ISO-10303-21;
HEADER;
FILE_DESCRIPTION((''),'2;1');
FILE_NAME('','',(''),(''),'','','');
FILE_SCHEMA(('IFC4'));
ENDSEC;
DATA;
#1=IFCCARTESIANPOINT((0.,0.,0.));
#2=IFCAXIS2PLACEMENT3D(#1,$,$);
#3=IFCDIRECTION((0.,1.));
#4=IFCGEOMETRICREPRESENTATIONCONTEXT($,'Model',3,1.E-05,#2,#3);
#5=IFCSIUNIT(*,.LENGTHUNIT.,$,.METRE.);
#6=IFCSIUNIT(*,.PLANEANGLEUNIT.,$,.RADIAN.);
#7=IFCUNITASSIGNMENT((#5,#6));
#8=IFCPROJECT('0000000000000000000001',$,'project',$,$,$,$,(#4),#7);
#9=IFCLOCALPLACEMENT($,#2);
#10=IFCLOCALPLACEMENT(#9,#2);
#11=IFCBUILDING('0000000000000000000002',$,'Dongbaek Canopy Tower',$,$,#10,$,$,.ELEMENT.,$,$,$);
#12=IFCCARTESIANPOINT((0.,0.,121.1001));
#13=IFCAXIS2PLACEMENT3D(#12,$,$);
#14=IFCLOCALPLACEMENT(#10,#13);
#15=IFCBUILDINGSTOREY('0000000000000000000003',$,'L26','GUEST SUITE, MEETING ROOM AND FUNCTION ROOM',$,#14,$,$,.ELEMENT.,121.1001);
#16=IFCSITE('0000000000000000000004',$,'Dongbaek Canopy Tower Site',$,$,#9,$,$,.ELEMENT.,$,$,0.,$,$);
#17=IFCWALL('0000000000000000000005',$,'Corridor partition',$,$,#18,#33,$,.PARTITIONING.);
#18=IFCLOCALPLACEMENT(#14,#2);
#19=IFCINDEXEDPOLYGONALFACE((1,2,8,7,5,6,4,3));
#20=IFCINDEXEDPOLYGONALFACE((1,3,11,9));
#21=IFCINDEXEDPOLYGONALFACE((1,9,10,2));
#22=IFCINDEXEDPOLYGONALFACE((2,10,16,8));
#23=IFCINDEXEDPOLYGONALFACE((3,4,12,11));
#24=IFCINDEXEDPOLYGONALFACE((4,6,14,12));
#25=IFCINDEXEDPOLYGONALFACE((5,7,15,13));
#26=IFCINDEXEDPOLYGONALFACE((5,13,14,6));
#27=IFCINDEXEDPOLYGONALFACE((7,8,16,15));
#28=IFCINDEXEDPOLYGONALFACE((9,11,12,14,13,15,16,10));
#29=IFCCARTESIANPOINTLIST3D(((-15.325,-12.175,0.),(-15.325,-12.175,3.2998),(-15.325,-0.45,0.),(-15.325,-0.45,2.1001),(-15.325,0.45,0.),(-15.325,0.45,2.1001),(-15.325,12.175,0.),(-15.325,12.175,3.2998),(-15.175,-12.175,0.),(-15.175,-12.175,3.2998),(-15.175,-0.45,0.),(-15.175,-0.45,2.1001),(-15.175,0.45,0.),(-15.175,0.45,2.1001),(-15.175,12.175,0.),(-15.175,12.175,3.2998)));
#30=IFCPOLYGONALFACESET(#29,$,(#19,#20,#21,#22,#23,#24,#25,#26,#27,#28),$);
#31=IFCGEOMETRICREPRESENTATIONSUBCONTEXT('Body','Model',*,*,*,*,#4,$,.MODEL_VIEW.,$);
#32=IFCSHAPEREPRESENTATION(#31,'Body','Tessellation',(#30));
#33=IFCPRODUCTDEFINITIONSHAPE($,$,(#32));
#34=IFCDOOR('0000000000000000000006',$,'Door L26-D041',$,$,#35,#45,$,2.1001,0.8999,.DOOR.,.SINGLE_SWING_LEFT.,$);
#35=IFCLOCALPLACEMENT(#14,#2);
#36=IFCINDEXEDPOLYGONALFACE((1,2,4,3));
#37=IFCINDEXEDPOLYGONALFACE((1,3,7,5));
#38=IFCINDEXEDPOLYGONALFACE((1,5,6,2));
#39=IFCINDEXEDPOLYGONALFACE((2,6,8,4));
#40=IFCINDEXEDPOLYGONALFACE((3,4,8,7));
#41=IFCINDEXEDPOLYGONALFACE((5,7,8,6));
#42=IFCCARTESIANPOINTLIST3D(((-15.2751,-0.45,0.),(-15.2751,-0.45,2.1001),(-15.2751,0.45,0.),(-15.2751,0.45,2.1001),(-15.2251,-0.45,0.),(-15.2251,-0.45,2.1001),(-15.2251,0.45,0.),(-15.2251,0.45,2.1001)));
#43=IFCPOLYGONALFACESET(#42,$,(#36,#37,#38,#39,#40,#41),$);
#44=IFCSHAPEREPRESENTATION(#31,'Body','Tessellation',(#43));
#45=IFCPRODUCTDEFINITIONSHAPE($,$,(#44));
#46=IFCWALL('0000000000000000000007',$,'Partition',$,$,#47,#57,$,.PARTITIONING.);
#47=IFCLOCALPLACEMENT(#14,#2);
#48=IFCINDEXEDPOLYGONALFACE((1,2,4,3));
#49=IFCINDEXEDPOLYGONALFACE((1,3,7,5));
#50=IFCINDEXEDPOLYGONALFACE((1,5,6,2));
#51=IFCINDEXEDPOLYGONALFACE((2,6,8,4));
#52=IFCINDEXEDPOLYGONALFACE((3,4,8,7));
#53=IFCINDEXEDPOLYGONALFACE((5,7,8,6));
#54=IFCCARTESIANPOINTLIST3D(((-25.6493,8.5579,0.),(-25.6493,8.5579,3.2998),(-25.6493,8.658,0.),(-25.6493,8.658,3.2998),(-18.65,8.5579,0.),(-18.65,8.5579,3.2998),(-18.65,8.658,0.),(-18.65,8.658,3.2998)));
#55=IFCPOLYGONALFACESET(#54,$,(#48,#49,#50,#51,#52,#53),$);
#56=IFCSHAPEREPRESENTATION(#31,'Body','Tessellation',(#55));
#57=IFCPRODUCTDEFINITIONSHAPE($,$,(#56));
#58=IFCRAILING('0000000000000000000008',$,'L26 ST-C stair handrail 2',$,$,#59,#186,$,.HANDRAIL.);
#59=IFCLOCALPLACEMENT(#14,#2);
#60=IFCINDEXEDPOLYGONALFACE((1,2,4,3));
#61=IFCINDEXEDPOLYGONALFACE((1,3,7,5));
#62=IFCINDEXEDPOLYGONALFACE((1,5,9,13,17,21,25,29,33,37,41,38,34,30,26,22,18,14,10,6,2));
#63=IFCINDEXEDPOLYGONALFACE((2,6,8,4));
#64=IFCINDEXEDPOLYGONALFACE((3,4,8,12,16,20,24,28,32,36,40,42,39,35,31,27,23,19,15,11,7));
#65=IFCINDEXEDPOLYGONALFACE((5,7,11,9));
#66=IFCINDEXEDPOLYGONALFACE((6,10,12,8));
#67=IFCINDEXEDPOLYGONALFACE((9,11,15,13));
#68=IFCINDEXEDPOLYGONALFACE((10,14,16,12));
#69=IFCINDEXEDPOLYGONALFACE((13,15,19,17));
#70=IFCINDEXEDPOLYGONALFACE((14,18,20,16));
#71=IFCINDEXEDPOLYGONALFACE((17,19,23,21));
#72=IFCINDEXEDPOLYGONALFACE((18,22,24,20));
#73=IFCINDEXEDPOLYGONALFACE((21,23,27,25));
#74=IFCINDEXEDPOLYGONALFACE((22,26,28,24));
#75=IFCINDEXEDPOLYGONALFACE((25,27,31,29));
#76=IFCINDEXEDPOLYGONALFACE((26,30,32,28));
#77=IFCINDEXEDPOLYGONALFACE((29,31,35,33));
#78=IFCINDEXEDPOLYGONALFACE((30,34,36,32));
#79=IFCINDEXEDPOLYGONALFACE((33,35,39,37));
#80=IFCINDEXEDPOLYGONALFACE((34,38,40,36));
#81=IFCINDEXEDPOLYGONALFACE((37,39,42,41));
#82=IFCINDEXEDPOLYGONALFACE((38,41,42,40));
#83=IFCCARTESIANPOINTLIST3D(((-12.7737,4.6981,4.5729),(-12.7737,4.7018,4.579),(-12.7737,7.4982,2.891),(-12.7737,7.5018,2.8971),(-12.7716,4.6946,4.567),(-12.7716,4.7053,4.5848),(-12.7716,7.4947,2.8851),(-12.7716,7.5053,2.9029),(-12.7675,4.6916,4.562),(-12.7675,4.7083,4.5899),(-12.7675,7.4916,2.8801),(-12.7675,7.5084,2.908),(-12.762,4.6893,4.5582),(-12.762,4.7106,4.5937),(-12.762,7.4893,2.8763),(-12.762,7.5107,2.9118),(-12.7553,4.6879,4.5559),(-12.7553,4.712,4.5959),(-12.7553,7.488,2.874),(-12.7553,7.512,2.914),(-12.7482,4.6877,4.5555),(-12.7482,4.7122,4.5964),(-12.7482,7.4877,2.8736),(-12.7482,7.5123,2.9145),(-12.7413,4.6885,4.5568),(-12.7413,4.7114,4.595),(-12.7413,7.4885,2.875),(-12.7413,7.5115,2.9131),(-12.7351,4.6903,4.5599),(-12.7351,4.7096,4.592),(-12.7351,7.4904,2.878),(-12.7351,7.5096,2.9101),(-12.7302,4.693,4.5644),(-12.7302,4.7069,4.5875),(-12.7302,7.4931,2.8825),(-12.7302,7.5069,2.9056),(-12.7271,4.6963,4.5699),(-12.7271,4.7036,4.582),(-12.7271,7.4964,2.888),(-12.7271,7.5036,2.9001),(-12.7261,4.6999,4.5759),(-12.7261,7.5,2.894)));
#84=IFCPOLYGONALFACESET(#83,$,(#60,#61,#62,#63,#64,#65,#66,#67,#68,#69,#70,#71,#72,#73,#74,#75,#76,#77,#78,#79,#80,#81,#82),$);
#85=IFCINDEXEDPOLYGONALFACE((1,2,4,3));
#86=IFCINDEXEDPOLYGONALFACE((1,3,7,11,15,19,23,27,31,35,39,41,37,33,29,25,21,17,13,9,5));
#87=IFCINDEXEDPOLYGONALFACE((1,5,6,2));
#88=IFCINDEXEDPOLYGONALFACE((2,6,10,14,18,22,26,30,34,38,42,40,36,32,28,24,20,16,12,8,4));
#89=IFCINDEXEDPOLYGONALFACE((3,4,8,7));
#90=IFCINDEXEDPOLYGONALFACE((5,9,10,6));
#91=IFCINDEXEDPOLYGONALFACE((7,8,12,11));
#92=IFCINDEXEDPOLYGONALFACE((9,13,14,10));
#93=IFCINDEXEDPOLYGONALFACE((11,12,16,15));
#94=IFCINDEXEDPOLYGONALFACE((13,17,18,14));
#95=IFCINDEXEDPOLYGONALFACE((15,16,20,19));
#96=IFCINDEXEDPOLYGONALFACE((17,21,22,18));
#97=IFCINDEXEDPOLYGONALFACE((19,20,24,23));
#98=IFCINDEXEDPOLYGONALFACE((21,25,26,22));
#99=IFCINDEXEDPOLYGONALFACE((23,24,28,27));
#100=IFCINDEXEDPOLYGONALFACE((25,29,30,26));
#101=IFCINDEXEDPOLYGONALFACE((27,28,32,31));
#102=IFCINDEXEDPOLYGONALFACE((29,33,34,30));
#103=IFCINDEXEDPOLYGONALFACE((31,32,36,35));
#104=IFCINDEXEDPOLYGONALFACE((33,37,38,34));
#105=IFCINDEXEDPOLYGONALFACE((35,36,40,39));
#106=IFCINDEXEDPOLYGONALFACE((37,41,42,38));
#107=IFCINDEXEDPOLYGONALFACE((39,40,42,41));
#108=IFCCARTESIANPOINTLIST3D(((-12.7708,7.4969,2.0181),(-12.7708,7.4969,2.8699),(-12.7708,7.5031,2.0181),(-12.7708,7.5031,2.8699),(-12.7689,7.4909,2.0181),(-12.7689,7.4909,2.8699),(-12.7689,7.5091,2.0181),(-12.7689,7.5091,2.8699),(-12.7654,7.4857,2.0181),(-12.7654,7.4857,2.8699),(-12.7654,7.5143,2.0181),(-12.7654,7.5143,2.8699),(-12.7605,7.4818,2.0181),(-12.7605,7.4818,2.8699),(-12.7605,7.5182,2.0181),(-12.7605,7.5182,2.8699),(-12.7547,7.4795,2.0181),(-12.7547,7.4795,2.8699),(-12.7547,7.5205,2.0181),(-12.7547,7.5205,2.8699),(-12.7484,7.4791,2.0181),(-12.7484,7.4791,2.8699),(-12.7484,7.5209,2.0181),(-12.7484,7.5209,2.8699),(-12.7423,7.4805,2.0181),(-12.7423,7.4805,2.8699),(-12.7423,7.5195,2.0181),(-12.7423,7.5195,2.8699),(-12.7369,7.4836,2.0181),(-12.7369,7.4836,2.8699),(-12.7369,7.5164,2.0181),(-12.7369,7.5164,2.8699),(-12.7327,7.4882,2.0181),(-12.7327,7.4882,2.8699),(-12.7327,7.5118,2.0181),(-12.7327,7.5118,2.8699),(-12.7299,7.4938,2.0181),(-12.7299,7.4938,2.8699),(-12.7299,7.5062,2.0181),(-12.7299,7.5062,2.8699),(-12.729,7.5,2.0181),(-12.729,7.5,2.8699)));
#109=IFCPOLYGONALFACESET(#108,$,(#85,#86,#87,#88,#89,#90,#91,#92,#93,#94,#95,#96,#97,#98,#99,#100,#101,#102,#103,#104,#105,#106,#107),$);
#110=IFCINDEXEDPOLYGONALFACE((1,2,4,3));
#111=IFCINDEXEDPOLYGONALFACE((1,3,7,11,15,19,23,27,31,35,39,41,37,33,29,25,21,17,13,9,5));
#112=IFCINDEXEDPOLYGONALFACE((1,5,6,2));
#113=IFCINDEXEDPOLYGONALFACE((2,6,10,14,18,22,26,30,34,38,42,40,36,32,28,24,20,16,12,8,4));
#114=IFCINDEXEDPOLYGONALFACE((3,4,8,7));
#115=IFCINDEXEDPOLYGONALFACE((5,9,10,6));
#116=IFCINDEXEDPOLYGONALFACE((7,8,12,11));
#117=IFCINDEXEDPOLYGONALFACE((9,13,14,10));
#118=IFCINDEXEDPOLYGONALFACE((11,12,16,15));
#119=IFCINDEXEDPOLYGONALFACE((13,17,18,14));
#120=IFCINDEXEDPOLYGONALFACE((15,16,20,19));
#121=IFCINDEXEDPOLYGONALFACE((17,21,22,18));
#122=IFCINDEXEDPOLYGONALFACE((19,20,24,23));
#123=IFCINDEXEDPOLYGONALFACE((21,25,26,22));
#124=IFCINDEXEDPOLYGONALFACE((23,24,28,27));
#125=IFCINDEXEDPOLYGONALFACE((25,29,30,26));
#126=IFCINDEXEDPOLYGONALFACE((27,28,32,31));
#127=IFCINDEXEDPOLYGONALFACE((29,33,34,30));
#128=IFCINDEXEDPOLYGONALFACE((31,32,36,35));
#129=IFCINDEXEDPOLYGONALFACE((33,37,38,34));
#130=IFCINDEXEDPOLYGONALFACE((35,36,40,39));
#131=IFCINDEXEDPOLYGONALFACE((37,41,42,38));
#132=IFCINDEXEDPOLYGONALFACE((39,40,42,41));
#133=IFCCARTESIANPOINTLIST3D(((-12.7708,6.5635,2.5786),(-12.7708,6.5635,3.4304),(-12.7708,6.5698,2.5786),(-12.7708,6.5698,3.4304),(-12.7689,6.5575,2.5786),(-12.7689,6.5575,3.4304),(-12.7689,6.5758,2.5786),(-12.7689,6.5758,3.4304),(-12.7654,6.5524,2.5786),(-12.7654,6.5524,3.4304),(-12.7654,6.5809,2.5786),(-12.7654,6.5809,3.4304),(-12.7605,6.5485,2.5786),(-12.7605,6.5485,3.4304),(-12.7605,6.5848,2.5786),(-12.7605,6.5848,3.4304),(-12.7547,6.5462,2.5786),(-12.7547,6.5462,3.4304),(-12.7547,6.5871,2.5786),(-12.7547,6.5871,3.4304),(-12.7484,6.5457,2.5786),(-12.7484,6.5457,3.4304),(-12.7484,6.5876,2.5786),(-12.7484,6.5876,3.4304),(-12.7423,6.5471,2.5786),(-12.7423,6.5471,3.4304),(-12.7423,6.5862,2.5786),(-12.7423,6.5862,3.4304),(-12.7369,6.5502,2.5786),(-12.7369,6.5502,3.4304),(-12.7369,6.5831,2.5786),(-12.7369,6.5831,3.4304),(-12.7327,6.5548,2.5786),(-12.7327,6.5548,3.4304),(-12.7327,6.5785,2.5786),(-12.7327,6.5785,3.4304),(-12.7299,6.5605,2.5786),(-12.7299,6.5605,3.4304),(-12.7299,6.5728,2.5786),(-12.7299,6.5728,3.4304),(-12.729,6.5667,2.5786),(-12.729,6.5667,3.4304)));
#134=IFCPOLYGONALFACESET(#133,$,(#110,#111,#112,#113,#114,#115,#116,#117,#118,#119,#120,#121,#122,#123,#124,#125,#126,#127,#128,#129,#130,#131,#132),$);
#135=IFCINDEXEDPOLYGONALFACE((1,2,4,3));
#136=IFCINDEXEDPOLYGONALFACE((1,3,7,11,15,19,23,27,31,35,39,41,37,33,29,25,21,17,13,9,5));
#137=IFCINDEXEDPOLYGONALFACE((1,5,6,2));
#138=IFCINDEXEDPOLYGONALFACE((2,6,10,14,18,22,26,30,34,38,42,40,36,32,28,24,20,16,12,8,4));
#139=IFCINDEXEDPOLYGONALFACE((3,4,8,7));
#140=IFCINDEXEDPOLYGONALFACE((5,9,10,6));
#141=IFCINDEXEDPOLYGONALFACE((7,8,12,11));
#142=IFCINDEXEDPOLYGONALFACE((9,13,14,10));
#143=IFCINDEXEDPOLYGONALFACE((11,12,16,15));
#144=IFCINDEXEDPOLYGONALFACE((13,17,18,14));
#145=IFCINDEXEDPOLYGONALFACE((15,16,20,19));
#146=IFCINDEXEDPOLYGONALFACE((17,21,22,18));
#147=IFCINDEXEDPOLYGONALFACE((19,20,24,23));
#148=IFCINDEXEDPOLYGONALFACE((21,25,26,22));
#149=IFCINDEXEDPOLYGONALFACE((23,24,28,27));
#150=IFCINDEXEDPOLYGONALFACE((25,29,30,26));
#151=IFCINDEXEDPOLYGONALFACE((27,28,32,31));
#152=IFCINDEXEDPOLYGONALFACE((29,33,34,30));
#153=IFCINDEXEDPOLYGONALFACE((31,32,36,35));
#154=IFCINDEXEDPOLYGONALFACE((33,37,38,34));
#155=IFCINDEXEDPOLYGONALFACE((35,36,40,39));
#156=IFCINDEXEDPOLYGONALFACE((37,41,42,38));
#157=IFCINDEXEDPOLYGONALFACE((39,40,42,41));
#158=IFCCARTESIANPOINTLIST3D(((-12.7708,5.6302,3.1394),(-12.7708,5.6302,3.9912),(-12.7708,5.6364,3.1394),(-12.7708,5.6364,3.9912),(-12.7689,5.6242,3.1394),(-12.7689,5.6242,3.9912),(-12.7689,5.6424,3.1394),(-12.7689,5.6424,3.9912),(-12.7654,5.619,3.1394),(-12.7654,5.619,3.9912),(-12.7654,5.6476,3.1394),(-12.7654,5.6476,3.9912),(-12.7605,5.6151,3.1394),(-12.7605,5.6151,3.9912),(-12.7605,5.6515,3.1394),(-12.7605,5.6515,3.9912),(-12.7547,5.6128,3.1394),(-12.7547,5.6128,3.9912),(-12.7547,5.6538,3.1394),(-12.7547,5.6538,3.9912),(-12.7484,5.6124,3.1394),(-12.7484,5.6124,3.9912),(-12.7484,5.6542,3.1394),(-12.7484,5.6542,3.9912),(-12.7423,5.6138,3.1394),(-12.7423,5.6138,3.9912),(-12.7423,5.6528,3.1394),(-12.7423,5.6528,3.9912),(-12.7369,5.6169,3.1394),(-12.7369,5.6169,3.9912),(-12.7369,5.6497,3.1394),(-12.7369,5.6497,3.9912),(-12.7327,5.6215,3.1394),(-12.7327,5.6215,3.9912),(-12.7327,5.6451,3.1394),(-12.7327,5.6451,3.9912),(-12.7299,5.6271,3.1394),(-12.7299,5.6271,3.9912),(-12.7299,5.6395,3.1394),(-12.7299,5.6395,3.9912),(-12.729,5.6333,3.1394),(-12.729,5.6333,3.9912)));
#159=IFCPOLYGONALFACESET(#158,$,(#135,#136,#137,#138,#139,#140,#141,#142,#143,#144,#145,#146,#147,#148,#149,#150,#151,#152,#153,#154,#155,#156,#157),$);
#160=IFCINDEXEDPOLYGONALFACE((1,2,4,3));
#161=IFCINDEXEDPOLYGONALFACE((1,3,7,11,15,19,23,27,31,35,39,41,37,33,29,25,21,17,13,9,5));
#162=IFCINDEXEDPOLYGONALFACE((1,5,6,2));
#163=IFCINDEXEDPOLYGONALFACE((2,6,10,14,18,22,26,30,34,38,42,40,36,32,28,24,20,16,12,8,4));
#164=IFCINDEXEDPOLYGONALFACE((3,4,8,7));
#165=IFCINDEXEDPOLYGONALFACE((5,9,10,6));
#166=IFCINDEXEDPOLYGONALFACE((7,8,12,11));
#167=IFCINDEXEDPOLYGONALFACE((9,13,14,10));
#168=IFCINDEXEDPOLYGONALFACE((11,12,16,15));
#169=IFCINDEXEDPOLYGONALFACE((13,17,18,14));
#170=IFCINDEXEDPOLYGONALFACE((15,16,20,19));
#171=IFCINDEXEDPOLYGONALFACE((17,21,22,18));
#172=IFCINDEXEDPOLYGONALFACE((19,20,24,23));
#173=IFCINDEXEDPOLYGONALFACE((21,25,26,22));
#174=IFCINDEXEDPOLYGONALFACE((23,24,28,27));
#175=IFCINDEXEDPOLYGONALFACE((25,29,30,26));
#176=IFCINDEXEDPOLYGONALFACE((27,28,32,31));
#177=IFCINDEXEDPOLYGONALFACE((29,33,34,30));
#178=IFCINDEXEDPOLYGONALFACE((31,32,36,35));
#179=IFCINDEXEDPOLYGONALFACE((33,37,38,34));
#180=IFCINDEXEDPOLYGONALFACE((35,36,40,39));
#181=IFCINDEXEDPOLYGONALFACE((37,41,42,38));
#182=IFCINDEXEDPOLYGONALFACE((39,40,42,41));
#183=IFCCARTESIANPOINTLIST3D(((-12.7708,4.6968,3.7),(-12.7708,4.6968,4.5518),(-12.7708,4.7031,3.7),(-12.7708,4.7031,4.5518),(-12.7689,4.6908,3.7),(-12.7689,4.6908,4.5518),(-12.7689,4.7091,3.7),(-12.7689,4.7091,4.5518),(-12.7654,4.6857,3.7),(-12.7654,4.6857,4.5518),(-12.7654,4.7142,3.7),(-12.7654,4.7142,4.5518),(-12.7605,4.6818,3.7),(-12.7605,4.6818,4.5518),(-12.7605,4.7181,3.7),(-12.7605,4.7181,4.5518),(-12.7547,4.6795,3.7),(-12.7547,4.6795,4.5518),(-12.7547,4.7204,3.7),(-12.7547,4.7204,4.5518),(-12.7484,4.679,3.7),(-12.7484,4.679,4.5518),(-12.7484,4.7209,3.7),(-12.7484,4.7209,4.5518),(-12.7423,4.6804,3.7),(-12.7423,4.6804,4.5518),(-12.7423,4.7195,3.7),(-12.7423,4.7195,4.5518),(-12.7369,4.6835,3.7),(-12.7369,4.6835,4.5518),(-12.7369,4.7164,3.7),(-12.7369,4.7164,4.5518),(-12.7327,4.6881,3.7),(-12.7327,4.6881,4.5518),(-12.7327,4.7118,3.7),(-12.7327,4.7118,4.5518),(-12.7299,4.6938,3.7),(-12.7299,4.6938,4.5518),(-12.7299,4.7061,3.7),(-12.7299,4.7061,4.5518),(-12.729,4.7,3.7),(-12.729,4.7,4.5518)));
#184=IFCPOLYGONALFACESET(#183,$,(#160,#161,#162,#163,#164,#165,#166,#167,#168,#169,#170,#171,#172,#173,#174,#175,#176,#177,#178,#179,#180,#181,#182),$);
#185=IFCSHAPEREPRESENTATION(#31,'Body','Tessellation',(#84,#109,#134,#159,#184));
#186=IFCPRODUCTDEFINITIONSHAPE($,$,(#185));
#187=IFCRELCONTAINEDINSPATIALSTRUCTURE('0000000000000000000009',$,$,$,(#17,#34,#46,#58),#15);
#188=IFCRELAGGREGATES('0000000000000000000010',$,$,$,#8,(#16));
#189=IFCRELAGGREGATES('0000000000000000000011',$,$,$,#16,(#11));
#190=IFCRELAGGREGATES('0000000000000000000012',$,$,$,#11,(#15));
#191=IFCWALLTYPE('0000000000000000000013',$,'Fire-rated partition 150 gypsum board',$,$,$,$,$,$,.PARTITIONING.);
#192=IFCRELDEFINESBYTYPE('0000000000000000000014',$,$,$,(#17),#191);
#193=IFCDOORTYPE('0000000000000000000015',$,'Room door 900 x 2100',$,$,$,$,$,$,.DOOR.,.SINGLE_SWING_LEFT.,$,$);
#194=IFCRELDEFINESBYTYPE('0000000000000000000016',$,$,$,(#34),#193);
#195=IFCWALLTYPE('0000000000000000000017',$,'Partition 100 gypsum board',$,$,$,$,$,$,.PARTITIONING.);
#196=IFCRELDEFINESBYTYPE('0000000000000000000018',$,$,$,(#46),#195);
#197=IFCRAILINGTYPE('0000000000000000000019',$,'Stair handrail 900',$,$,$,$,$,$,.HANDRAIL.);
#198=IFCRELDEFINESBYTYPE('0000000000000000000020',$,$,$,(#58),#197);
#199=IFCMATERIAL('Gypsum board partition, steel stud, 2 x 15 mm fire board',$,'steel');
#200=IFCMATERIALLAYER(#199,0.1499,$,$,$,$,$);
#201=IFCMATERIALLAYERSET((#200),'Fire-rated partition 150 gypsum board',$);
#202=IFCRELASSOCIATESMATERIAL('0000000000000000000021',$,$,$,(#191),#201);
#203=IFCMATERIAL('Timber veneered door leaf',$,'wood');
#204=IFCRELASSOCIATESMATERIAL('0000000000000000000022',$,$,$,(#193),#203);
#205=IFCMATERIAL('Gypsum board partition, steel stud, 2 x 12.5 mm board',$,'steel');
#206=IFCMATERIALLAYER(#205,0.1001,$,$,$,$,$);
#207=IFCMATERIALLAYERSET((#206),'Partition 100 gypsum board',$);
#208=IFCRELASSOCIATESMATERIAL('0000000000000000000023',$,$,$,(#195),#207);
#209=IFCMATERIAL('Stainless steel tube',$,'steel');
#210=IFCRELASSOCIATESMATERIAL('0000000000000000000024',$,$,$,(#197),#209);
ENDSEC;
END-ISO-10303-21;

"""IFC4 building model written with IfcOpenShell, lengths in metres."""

from ifc_helpers import new_model, si_unit, direction, frame, frame_2d, origin, origin_2d, place, context, subcontext, project, spatial, rectangle, circle, extrude, material, layer, layer_set, type_object, element, fill, save


model = new_model("IFC4")

# Units and contexts
model_context = context("Model", 3, precision=1e-05, world=origin(), true_north=direction((0.0, 1.0)))
body_context = subcontext(model_context, "Body", "Model", "MODEL_VIEW")
ifc_project = project(units=[si_unit("LENGTHUNIT", "METRE"), si_unit("PLANEANGLEUNIT", "RADIAN")], contexts=[model_context])

# Site, building, storey
site_placement = place(None, origin())
site = spatial("IfcSite", under=ifc_project, at=site_placement, Name="Dongbaek Canopy Tower Site", CompositionType="ELEMENT", RefElevation=0.0)
building_placement = place(site_placement, origin())
building = spatial("IfcBuilding", under=site, at=building_placement, Name="Dongbaek Canopy Tower", CompositionType="ELEMENT")
storey_placement = place(building_placement, frame((0.0, 0.0, 121.1001)))
storey = spatial("IfcBuildingStorey", under=building, at=storey_placement, Name="L26", Description="GUEST SUITE, MEETING ROOM AND FUNCTION ROOM", CompositionType="ELEMENT", Elevation=121.1001)

# Shared definitions
ifc_material_1 = material(Name="Gypsum board partition, steel stud, 2 x 15 mm fire board", Category="steel")
ifc_layer_1 = layer(ifc_material_1, 0.1499)
ifc_layer_set_1 = layer_set([ifc_layer_1], Name="Fire-rated partition 150 gypsum board")
wall_type_1 = type_object("IfcWallType", Name="Fire-rated partition 150 gypsum board", PredefinedType="PARTITIONING", material=ifc_layer_set_1)

# Shared definitions
ifc_material_2 = material(Name="Timber veneered door leaf", Category="wood")
door_type_1 = type_object("IfcDoorType", Name="Room door 900 x 2100", OperationType="SINGLE_SWING_LEFT", PredefinedType="DOOR", material=ifc_material_2)

# Wall, opening, door
wall_1_placement = place(storey_placement, frame((-15.25, 12.175, 0.0), z_axis=(0.0, 0.0, 1.0), x_axis=(0.0, -1.0, 0.0)))
wall_1 = element("IfcWall", 1, at=wall_1_placement, inside=storey, type_object=wall_type_1, Name="Corridor partition", PredefinedType="PARTITIONING", context=body_context, shape_type="SweptSolid", body=[
    extrude(rectangle(XDim=24.3501, YDim=0.1499, at=frame_2d((12.175, 0.0))), origin(), (0.0, 0.0, 1.0), 3.2998),
])
opening_1_placement = place(wall_1_placement, frame((11.7251, 0.0, 0.0)))
opening_1 = element("IfcOpeningElement", 2, at=opening_1_placement, cuts=wall_1, PredefinedType="OPENING", context=body_context, shape_type="SweptSolid", body=[
    extrude(rectangle(XDim=0.8999, YDim=2.1001, at=frame_2d((0.45, 1.05))), frame((0.0, 0.085, 0.0), z_axis=(0.0, -1.0, 0.0), x_axis=(1.0, 0.0, 0.0)), (0.0, 0.0, 1.0), 0.1699),
])
door_1_placement = place(opening_1_placement, origin())
door_1 = element("IfcDoor", 3, at=door_1_placement, inside=storey, type_object=door_type_1, Name="Door L26-D041", OperationType="SINGLE_SWING_LEFT", OverallHeight=2.1001, OverallWidth=0.8999, PredefinedType="DOOR", context=body_context, shape_type="SweptSolid", body=[
    extrude(rectangle(XDim=0.8999, YDim=2.1001, at=frame_2d((0.45, 1.05))), frame((0.0, 0.0249, 0.0), z_axis=(0.0, -1.0, 0.0), x_axis=(1.0, 0.0, 0.0)), (0.0, 0.0, 1.0), 0.05),
])
fill(opening_1, door_1)

# Wall
ifc_material_3 = material(Name="Gypsum board partition, steel stud, 2 x 12.5 mm board", Category="steel")
ifc_layer_2 = layer(ifc_material_3, 0.1001)
ifc_layer_set_2 = layer_set([ifc_layer_2], Name="Partition 100 gypsum board")
wall_type_2 = type_object("IfcWallType", Name="Partition 100 gypsum board", PredefinedType="PARTITIONING", material=ifc_layer_set_2)
wall_2_placement = place(storey_placement, frame((-25.6492, 8.6079, 0.0), z_axis=(0.0, 0.0, 1.0), x_axis=(1.0, 0.0, 0.0)))
element("IfcWall", 4, at=wall_2_placement, inside=storey, type_object=wall_type_2, Name="Partition", PredefinedType="PARTITIONING", context=body_context, shape_type="SweptSolid", body=[
    extrude(rectangle(XDim=6.9993, YDim=0.1001, at=frame_2d((3.4995, 0.0))), origin(), (0.0, 0.0, 1.0), 3.2998),
])

# Railing
ifc_material_4 = material(Name="Stainless steel tube", Category="steel")
railing_type = type_object("IfcRailingType", Name="Stair handrail 900", PredefinedType="HANDRAIL", material=ifc_material_4)
railing_placement = place(storey_placement, frame((-12.75, 7.5, 2.0181)))
element("IfcRailing", 5, at=railing_placement, inside=storey, type_object=railing_type, Name="L26 ST-C stair handrail 2", PredefinedType="HANDRAIL", context=body_context, shape_type="SweptSolid", body=[
    extrude(circle(Radius=0.0239, at=origin_2d()), frame((0.0, 0.0, 0.876), z_axis=(0.0, -0.857242, 0.514913), x_axis=(1.0, 0.0, 0.0)), (0.0, 0.0, 1.0), 3.2664),
    extrude(circle(Radius=0.021, at=origin_2d()), origin(), (0.0, 0.0, 1.0), 0.8518),
    extrude(circle(Radius=0.021, at=origin_2d()), frame((0.0, -0.9333, 0.5605)), (0.0, 0.0, 1.0), 0.8518),
    extrude(circle(Radius=0.021, at=origin_2d()), frame((0.0, -1.8667, 1.1213)), (0.0, 0.0, 1.0), 0.8518),
    extrude(circle(Radius=0.021, at=origin_2d()), frame((0.0, -2.8, 1.6819)), (0.0, 0.0, 1.0), 0.8518),
])

save(model, "model.ifc")
